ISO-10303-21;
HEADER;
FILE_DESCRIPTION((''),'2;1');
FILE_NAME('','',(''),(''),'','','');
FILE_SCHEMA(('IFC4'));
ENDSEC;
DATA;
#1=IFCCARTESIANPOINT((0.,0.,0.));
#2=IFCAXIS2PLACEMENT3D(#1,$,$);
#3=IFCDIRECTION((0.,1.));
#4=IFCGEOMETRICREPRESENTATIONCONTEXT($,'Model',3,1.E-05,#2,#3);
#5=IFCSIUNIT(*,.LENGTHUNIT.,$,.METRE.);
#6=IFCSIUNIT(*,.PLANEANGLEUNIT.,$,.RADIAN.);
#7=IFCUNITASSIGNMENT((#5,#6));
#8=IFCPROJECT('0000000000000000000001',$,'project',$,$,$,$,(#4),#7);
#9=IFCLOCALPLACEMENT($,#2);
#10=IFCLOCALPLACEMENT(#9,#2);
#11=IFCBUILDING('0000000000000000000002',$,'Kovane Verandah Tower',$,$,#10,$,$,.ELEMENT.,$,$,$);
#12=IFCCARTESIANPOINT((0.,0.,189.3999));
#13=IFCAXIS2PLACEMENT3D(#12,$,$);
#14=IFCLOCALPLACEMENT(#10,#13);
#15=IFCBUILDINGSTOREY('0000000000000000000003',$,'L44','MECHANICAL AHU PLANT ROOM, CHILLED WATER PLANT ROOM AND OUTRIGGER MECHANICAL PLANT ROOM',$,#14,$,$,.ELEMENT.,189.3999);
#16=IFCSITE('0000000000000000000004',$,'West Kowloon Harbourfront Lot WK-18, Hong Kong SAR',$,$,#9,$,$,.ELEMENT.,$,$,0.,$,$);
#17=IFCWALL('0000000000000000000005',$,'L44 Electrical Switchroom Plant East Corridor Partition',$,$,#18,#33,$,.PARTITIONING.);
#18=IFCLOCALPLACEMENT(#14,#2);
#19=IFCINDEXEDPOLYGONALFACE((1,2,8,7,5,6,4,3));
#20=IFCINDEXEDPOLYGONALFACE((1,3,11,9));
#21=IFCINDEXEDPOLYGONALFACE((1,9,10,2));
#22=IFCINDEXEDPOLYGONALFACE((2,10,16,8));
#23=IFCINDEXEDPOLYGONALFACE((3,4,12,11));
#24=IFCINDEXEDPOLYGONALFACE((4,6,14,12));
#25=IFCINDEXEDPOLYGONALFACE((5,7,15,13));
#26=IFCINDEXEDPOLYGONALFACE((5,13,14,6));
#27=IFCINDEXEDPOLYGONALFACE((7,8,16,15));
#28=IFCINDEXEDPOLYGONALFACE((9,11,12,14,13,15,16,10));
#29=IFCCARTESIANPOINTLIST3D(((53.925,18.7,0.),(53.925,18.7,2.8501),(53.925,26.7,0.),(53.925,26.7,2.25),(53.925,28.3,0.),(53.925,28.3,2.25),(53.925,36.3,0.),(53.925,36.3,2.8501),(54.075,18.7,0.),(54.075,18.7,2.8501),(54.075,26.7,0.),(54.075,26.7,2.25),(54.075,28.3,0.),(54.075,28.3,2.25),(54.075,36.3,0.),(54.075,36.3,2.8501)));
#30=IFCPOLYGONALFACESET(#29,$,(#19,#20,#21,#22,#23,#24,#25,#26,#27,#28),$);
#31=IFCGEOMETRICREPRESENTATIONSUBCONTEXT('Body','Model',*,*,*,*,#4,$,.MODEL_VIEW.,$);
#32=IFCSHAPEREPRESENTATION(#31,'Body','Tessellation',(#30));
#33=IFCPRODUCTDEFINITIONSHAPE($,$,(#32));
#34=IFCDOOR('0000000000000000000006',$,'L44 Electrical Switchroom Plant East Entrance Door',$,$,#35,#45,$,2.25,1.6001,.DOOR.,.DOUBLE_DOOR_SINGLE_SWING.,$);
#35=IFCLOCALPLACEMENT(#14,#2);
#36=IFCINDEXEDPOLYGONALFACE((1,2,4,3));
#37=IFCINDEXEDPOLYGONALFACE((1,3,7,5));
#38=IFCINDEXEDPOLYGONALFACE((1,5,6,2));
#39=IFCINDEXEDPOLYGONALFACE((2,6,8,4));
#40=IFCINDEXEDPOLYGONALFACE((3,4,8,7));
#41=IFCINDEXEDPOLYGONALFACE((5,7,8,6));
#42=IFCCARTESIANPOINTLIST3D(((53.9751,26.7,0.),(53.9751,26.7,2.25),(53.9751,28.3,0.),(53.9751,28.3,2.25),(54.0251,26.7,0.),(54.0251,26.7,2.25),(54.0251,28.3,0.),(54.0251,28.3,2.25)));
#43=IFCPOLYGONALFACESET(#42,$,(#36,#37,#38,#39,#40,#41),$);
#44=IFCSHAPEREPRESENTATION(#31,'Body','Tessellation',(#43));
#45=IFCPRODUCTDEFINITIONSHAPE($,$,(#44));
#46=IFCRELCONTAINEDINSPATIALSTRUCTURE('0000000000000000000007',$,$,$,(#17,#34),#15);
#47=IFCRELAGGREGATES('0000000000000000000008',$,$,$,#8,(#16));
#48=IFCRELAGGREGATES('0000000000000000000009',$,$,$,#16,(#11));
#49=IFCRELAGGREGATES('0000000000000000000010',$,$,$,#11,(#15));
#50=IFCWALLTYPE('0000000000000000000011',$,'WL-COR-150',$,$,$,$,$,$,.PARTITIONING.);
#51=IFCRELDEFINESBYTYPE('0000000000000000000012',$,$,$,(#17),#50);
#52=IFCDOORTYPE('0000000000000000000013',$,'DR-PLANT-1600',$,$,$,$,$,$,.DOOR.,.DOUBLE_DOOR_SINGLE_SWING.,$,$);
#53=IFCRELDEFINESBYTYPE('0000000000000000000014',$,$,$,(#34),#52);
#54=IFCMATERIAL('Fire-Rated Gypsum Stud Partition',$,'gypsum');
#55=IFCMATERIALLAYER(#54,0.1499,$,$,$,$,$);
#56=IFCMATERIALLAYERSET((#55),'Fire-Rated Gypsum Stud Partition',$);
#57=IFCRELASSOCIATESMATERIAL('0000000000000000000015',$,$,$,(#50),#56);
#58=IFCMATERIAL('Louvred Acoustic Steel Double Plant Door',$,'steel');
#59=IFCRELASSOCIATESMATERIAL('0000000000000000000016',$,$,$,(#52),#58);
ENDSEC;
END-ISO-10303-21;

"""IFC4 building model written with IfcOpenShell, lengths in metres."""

from ifc_helpers import new_model, si_unit, direction, frame, frame_2d, origin, place, context, subcontext, project, spatial, rectangle, extrude, material, layer, layer_set, type_object, element, fill, save


model = new_model("IFC4")

# Units and contexts
model_context = context("Model", 3, precision=1e-05, world=origin(), true_north=direction((0.0, 1.0)))
body_context = subcontext(model_context, "Body", "Model", "MODEL_VIEW")
ifc_project = project(units=[si_unit("LENGTHUNIT", "METRE"), si_unit("PLANEANGLEUNIT", "RADIAN")], contexts=[model_context])

# Site, building, storey
site_placement = place(None, origin())
site = spatial("IfcSite", under=ifc_project, at=site_placement, Name="West Kowloon Harbourfront Lot WK-18, Hong Kong SAR", CompositionType="ELEMENT", RefElevation=0.0)
building_placement = place(site_placement, origin())
building = spatial("IfcBuilding", under=site, at=building_placement, Name="Kovane Verandah Tower", CompositionType="ELEMENT")
storey_placement = place(building_placement, frame((0.0, 0.0, 189.3999)))
storey = spatial("IfcBuildingStorey", under=building, at=storey_placement, Name="L44", Description="MECHANICAL AHU PLANT ROOM, CHILLED WATER PLANT ROOM AND OUTRIGGER MECHANICAL PLANT ROOM", CompositionType="ELEMENT", Elevation=189.3999)

# Wall, opening, door
ifc_material_1 = material(Name="Fire-Rated Gypsum Stud Partition", Category="gypsum")
ifc_layer_1 = layer(ifc_material_1, 0.1499)
ifc_layer_set_1 = layer_set([ifc_layer_1], Name="Fire-Rated Gypsum Stud Partition")
wall_type = type_object("IfcWallType", Name="WL-COR-150", PredefinedType="PARTITIONING", material=ifc_layer_set_1)
wall_placement = place(storey_placement, frame((54.0, 18.7, 0.0), z_axis=(0.0, 0.0, 1.0), x_axis=(0.0, 1.0, 0.0)))
wall = element("IfcWall", 1, at=wall_placement, inside=storey, type_object=wall_type, Name="L44 Electrical Switchroom Plant East Corridor Partition", PredefinedType="PARTITIONING", context=body_context, shape_type="SweptSolid", body=[
    extrude(rectangle(XDim=17.6001, YDim=0.1499, at=frame_2d((8.8, 0.0))), origin(), (0.0, 0.0, 1.0), 2.8501),
])
opening_placement = place(wall_placement, frame((8.0, 0.0, 0.0)))
opening = element("IfcOpeningElement", 2, at=opening_placement, cuts=wall, PredefinedType="OPENING", context=body_context, shape_type="SweptSolid", body=[
    extrude(rectangle(XDim=1.6001, YDim=2.25, at=frame_2d((0.8, 1.125))), frame((0.0, 0.075, 0.0), z_axis=(0.0, -1.0, 0.0), x_axis=(1.0, 0.0, 0.0)), (0.0, 0.0, 1.0), 0.1499),
])
ifc_material_2 = material(Name="Louvred Acoustic Steel Double Plant Door", Category="steel")
door_type = type_object("IfcDoorType", Name="DR-PLANT-1600", OperationType="DOUBLE_DOOR_SINGLE_SWING", PredefinedType="DOOR", material=ifc_material_2)
door_placement = place(opening_placement, origin())
door = element("IfcDoor", 3, at=door_placement, inside=storey, type_object=door_type, Name="L44 Electrical Switchroom Plant East Entrance Door", OperationType="DOUBLE_DOOR_SINGLE_SWING", OverallHeight=2.25, OverallWidth=1.6001, PredefinedType="DOOR", context=body_context, shape_type="SweptSolid", body=[
    extrude(rectangle(XDim=1.6001, YDim=2.25, at=frame_2d((0.8, 1.125))), frame((0.0, 0.0249, 0.0), z_axis=(0.0, -1.0, 0.0), x_axis=(1.0, 0.0, 0.0)), (0.0, 0.0, 1.0), 0.05),
])
fill(opening, door)

save(model, "model.ifc")
